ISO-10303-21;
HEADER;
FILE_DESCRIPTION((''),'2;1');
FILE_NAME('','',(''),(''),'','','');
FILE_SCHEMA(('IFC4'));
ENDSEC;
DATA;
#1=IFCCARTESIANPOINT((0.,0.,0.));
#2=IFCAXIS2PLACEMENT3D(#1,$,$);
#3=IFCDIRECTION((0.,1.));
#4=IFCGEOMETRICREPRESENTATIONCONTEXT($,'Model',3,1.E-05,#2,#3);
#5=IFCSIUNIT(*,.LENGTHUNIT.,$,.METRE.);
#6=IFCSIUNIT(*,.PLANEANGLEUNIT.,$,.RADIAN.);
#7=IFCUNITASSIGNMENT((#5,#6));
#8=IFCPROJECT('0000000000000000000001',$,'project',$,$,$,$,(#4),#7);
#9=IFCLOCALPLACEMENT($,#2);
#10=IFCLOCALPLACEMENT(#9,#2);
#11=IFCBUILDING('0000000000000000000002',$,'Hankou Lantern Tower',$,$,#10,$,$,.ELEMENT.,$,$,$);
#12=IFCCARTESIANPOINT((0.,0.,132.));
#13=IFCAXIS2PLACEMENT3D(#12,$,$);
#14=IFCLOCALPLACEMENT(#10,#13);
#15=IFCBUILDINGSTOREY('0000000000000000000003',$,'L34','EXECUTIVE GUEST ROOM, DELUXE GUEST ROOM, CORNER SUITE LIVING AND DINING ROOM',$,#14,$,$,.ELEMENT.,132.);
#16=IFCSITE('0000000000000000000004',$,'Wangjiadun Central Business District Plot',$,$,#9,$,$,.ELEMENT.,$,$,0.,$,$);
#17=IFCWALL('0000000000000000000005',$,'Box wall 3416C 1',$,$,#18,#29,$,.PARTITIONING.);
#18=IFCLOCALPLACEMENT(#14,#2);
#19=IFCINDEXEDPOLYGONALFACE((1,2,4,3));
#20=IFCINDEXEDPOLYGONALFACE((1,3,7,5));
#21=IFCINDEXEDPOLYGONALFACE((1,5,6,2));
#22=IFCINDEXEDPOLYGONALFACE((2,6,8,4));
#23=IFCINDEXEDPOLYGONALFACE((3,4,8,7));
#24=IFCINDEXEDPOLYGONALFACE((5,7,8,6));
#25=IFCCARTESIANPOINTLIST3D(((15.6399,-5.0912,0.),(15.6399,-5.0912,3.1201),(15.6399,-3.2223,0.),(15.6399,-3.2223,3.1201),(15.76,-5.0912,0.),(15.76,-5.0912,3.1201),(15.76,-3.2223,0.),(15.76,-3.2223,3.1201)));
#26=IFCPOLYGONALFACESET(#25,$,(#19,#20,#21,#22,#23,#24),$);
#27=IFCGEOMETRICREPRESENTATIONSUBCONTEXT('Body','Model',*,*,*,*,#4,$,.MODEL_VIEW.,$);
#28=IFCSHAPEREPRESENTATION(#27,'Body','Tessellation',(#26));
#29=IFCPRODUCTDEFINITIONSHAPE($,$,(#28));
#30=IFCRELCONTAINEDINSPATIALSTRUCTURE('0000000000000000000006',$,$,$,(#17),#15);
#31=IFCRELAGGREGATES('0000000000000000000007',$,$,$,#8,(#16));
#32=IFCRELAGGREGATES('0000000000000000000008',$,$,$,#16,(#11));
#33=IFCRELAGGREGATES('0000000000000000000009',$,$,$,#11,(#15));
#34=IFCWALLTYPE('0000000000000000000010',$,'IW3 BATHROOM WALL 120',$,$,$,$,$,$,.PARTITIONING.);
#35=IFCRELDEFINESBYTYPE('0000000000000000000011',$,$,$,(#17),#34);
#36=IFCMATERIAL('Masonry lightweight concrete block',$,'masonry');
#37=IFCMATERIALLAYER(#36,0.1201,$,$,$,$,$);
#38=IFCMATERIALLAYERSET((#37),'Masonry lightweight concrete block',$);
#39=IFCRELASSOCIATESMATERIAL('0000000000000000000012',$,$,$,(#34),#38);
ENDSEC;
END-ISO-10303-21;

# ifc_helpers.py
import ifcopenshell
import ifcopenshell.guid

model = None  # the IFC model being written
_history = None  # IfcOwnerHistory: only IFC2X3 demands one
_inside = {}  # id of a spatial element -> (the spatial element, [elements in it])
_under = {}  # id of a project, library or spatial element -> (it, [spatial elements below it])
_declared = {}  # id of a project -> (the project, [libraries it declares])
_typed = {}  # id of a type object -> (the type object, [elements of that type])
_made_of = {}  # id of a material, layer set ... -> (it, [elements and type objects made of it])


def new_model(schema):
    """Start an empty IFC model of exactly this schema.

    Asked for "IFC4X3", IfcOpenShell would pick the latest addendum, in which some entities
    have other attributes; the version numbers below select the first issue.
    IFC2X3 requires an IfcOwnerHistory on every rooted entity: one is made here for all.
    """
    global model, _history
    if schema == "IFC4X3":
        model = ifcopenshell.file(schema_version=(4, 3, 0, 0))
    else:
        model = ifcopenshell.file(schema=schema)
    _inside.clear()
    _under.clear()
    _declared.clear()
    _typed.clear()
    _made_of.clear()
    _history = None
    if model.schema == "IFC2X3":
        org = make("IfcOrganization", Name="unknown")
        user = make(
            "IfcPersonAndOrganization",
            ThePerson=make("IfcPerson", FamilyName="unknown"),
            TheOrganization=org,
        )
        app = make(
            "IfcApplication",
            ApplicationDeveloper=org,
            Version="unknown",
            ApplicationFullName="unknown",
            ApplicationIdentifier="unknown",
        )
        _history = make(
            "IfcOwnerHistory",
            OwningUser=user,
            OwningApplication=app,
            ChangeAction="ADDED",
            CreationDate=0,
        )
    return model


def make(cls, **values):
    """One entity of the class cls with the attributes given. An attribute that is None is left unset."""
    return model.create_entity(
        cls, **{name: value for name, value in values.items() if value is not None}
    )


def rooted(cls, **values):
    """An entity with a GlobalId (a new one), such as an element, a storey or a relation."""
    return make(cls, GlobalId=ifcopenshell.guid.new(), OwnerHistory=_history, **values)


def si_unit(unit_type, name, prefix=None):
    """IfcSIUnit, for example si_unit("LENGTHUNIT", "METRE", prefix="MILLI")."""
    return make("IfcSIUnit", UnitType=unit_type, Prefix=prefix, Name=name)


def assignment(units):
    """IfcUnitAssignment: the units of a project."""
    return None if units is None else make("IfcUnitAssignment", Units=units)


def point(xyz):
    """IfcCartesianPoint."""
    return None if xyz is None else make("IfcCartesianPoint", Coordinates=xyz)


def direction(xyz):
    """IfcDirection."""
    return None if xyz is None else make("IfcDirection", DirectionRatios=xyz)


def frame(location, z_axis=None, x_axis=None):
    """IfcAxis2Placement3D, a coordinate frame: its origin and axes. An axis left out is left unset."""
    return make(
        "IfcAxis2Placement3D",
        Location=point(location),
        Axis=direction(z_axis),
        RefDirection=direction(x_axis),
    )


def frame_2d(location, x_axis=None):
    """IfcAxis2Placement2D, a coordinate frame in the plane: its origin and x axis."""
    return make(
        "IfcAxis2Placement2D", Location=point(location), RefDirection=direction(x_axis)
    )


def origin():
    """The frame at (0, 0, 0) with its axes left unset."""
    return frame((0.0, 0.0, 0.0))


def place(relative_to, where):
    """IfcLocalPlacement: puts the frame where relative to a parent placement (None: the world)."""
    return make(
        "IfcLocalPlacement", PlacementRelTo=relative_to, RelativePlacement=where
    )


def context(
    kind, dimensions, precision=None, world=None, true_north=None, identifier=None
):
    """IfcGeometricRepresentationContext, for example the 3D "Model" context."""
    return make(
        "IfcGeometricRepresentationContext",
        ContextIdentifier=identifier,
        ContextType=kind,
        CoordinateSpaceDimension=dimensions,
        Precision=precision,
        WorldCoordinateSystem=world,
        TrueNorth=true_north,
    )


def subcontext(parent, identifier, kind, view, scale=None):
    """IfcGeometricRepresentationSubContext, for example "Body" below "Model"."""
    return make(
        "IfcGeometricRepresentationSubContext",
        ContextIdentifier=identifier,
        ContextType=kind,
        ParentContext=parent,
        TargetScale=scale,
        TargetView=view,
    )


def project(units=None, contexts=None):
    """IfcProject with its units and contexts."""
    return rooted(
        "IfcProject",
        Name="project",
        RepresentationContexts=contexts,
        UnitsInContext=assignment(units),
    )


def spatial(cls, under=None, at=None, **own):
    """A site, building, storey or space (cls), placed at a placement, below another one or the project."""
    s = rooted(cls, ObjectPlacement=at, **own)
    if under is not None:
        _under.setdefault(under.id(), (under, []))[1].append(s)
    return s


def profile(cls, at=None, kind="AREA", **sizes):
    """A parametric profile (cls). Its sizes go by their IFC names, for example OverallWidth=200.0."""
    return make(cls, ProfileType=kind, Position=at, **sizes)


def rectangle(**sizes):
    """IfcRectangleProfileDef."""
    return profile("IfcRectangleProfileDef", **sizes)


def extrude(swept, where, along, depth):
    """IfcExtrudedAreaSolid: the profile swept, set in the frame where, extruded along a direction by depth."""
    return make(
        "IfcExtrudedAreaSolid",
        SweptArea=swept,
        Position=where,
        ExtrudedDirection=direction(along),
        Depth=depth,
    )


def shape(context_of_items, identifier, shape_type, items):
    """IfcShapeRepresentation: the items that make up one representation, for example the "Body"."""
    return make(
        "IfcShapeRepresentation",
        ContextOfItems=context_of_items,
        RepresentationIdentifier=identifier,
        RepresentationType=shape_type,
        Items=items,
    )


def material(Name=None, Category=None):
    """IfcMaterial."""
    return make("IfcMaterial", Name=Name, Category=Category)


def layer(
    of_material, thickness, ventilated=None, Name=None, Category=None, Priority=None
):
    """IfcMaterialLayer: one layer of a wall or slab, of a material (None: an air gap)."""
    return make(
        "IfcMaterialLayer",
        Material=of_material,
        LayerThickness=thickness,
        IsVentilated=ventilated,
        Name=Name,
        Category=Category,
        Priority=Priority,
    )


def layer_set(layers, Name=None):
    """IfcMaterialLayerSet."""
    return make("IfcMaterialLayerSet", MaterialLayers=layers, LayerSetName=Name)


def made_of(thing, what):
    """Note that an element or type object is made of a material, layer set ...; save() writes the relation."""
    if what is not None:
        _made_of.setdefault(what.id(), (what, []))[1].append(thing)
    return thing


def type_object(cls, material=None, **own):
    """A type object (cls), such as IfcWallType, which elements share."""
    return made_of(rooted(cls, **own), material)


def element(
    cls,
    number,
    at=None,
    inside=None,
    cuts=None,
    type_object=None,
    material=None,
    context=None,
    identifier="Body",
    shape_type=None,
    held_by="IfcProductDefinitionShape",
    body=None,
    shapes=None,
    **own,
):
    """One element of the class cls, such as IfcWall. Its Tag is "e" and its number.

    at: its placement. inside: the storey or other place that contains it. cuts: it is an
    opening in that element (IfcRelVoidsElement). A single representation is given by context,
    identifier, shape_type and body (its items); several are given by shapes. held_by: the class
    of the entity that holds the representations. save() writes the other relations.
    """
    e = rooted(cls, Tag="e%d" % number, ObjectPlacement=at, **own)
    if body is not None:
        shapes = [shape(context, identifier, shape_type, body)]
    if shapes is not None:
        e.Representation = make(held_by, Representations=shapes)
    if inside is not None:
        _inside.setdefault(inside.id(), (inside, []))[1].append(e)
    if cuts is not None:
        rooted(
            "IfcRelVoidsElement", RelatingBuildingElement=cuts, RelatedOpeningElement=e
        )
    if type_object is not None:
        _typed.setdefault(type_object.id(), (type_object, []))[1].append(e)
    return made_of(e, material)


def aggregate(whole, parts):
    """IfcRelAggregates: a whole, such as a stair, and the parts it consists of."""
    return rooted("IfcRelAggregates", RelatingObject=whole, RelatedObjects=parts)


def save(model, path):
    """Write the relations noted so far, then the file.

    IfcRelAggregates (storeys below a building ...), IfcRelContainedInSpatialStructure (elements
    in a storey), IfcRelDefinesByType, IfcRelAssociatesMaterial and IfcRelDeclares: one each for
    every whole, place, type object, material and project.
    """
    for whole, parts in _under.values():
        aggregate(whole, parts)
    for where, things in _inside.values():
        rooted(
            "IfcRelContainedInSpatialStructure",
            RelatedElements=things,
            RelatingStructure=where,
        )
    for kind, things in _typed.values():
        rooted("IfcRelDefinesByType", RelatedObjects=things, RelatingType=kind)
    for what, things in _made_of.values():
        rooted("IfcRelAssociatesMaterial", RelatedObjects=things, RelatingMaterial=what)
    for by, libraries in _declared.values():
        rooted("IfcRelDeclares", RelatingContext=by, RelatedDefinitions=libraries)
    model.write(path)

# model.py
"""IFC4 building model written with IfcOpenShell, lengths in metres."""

from ifc_helpers import new_model, si_unit, direction, frame, frame_2d, origin, place, context, subcontext, project, spatial, rectangle, extrude, material, layer, layer_set, type_object, element, save


model = new_model("IFC4")

# Units and contexts
model_context = context("Model", 3, precision=1e-05, world=origin(), true_north=direction((0.0, 1.0)))
body_context = subcontext(model_context, "Body", "Model", "MODEL_VIEW")
ifc_project = project(units=[si_unit("LENGTHUNIT", "METRE"), si_unit("PLANEANGLEUNIT", "RADIAN")], contexts=[model_context])

# Site, building, storey
site_placement = place(None, origin())
site = spatial("IfcSite", under=ifc_project, at=site_placement, Name="Wangjiadun Central Business District Plot", CompositionType="ELEMENT", RefElevation=0.0)
building_placement = place(site_placement, origin())
building = spatial("IfcBuilding", under=site, at=building_placement, Name="Hankou Lantern Tower", CompositionType="ELEMENT")
storey_placement = place(building_placement, frame((0.0, 0.0, 132.0)))
storey = spatial("IfcBuildingStorey", under=building, at=storey_placement, Name="L34", Description="EXECUTIVE GUEST ROOM, DELUXE GUEST ROOM, CORNER SUITE LIVING AND DINING ROOM", CompositionType="ELEMENT", Elevation=132.0)

# Wall
ifc_material_1 = material(Name="Masonry lightweight concrete block", Category="masonry")
ifc_layer_1 = layer(ifc_material_1, 0.1201)
ifc_layer_set_1 = layer_set([ifc_layer_1], Name="Masonry lightweight concrete block")
wall_type_1 = type_object("IfcWallType", Name="IW3 BATHROOM WALL 120", PredefinedType="PARTITIONING", material=ifc_layer_set_1)
wall_1_placement = place(storey_placement, frame((15.7, -5.0913, 0.0), z_axis=(0.0, 0.0, 1.0), x_axis=(0.0, 1.0, 0.0)))
element("IfcWall", 1, at=wall_1_placement, inside=storey, type_object=wall_type_1, Name="Box wall 3416C 1", PredefinedType="PARTITIONING", context=body_context, shape_type="SweptSolid", body=[
    extrude(rectangle(XDim=1.8689, YDim=0.1201, at=frame_2d((0.9346, 0.0))), origin(), (0.0, 0.0, 1.0), 3.1201),
])

save(model, "model.ifc")
